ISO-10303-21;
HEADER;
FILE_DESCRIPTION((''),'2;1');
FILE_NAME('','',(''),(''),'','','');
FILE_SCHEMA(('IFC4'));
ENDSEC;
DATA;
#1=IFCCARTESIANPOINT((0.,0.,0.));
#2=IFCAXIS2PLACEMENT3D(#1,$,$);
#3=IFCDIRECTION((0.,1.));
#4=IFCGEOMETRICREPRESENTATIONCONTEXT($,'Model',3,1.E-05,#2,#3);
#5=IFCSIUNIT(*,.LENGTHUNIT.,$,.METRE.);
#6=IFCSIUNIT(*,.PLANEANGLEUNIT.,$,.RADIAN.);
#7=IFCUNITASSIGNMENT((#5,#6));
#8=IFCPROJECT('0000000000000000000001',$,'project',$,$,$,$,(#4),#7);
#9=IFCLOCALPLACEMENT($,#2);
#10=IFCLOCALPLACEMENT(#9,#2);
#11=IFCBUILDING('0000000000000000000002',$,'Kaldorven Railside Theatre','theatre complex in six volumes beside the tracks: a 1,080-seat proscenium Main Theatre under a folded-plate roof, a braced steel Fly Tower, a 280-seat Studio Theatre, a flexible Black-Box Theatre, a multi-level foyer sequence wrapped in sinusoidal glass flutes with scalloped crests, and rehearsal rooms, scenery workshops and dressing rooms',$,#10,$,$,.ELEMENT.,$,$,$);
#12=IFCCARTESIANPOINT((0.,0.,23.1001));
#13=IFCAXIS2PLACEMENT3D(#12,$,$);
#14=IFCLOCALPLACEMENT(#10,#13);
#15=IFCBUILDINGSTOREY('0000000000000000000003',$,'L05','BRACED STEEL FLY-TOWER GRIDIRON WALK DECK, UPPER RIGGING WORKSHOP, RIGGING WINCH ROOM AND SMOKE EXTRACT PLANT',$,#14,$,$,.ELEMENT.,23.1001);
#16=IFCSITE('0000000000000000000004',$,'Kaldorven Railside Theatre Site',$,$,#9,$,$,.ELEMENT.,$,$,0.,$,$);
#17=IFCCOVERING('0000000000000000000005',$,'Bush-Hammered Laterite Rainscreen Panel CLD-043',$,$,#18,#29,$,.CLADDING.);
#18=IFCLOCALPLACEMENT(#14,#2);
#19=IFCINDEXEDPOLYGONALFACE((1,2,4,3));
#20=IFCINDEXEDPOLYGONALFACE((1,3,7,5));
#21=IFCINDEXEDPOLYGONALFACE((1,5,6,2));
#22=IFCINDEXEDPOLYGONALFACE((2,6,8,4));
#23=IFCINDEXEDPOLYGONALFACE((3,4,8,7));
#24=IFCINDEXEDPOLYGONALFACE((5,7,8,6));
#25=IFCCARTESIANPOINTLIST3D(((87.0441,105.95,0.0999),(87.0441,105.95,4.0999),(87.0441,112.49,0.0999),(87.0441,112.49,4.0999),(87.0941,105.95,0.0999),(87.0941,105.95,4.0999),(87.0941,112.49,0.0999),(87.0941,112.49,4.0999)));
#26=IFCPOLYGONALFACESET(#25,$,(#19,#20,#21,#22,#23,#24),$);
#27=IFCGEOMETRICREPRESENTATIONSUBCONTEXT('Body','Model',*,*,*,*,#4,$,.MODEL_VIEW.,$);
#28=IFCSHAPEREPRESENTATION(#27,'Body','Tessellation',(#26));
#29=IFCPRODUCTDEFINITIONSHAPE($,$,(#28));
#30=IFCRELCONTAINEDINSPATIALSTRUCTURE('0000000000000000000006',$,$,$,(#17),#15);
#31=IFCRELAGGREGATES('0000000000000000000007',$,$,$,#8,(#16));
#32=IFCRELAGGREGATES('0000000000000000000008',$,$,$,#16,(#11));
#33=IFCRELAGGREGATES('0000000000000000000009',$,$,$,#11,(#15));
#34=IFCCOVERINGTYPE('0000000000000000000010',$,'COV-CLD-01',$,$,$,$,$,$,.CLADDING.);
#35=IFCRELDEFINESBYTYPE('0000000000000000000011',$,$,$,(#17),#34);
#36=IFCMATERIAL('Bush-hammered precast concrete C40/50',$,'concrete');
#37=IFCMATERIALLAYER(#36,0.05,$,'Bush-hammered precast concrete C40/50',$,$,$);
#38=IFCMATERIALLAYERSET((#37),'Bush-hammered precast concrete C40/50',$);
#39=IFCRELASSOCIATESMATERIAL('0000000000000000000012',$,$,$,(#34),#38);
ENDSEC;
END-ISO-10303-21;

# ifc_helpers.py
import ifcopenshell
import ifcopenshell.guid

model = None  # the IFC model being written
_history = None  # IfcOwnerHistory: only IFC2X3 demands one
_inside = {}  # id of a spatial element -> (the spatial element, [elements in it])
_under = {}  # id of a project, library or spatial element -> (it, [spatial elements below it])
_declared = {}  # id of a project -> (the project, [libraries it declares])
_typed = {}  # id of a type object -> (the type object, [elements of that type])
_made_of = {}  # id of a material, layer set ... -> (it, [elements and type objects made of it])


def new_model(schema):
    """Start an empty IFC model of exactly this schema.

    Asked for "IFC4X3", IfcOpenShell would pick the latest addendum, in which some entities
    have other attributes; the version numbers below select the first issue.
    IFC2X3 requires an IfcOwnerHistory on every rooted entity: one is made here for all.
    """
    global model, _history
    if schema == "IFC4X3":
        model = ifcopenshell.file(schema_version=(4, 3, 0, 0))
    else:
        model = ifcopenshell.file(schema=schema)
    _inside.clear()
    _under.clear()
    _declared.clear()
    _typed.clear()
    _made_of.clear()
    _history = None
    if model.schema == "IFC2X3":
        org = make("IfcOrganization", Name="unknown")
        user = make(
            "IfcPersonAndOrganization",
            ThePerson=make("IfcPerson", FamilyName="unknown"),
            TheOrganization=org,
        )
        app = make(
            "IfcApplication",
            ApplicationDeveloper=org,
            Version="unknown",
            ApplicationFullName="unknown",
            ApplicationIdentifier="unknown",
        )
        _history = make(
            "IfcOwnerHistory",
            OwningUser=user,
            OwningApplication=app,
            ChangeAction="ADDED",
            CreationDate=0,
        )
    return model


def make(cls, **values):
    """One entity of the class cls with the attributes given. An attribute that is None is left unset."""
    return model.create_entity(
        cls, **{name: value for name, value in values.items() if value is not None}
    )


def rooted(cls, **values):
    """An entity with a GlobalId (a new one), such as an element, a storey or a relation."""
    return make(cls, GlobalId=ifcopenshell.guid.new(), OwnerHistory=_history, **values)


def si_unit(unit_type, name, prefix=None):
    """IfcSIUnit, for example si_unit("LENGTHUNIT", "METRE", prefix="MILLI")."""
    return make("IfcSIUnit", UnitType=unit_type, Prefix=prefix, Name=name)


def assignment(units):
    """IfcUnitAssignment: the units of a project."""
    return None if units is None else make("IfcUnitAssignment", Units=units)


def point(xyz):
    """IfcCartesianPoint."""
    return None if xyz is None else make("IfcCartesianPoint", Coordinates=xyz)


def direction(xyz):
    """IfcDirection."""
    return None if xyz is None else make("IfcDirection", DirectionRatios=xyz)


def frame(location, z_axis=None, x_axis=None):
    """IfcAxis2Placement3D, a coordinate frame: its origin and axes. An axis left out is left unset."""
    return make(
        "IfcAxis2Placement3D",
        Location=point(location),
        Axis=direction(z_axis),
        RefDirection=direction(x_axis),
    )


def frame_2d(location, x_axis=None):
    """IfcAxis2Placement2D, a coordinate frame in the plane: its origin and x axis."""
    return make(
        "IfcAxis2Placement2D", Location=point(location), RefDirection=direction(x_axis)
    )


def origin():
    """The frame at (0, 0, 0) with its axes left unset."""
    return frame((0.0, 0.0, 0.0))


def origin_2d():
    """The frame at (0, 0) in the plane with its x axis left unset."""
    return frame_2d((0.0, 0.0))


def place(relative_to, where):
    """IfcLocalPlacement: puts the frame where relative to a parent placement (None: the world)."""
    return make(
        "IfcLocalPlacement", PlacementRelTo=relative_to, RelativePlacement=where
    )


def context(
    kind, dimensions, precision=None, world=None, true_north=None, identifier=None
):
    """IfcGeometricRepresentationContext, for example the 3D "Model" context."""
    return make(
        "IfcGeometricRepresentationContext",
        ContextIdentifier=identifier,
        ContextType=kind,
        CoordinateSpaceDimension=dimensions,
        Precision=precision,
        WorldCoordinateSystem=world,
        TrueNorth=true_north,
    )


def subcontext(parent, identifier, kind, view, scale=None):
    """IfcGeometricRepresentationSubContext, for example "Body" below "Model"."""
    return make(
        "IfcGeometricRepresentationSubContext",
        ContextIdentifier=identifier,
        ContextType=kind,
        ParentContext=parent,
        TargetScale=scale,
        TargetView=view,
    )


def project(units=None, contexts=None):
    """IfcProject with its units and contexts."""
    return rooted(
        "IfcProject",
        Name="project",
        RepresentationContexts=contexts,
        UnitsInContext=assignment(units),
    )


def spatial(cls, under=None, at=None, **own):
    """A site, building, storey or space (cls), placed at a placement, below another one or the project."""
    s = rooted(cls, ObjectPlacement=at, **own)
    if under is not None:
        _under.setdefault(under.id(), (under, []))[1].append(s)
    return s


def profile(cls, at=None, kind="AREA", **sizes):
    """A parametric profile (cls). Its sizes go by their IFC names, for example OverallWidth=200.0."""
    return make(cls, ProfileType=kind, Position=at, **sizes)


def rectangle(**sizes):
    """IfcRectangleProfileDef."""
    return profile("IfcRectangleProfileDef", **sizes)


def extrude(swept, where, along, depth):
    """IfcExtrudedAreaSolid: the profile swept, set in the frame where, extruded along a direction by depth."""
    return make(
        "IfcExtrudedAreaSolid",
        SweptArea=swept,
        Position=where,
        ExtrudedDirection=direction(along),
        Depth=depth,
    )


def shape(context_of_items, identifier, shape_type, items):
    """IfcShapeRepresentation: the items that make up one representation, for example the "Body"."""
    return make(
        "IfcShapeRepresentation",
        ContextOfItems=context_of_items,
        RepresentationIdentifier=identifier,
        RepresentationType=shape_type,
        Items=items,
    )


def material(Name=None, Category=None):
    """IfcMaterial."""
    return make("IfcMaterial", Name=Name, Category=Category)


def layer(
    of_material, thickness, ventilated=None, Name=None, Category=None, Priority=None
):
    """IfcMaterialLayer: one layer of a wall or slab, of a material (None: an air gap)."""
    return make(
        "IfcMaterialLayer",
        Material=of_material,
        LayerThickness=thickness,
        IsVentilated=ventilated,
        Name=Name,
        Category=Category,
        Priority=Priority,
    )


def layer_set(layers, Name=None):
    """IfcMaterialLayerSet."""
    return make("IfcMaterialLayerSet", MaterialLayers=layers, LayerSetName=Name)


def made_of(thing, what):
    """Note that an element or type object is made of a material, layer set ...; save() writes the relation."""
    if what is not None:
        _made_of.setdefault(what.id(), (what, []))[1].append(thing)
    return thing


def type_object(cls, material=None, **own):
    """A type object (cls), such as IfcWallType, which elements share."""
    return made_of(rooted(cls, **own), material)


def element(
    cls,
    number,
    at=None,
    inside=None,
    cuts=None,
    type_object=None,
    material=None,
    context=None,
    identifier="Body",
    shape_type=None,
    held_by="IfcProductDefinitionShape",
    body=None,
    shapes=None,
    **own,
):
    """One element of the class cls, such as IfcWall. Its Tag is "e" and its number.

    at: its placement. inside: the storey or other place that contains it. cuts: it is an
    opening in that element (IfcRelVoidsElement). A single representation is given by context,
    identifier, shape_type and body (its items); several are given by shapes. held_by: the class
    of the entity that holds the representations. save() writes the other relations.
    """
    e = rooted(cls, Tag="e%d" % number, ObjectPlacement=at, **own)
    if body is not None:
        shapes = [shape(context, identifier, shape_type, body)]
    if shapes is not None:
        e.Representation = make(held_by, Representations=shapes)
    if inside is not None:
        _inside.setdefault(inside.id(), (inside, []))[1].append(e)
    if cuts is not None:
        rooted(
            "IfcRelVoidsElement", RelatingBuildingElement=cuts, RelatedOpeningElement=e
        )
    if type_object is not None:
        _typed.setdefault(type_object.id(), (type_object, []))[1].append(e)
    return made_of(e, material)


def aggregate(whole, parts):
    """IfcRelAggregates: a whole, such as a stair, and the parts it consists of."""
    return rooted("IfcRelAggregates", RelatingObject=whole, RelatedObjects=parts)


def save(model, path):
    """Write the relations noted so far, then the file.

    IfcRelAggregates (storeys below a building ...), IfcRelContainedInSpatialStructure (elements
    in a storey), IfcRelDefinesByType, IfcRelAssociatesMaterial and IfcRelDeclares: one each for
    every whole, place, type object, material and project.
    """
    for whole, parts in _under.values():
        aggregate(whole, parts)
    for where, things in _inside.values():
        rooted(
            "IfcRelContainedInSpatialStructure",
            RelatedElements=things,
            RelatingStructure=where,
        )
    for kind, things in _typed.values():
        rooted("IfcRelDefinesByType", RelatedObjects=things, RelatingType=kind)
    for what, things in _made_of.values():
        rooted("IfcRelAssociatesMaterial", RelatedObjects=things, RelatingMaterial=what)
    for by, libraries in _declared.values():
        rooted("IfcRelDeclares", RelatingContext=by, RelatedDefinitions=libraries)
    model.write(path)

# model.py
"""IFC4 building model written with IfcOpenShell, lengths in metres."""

from ifc_helpers import new_model, si_unit, direction, frame, origin, origin_2d, place, context, subcontext, project, spatial, rectangle, extrude, material, layer, layer_set, type_object, element, save


model = new_model("IFC4")

# Units and contexts
model_context = context("Model", 3, precision=1e-05, world=origin(), true_north=direction((0.0, 1.0)))
body_context = subcontext(model_context, "Body", "Model", "MODEL_VIEW")
ifc_project = project(units=[si_unit("LENGTHUNIT", "METRE"), si_unit("PLANEANGLEUNIT", "RADIAN")], contexts=[model_context])

# Site, building, storey
site_placement = place(None, origin())
site = spatial("IfcSite", under=ifc_project, at=site_placement, Name="Kaldorven Railside Theatre Site", CompositionType="ELEMENT", RefElevation=0.0)
building_placement = place(site_placement, origin())
building = spatial("IfcBuilding", under=site, at=building_placement, Name="Kaldorven Railside Theatre", Description="theatre complex in six volumes beside the tracks: a 1,080-seat proscenium Main Theatre under a folded-plate roof, a braced steel Fly Tower, a 280-seat Studio Theatre, a flexible Black-Box Theatre, a multi-level foyer sequence wrapped in sinusoidal glass flutes with scalloped crests, and rehearsal rooms, scenery workshops and dressing rooms", CompositionType="ELEMENT")
storey_placement = place(building_placement, frame((0.0, 0.0, 23.1001)))
storey = spatial("IfcBuildingStorey", under=building, at=storey_placement, Name="L05", Description="BRACED STEEL FLY-TOWER GRIDIRON WALK DECK, UPPER RIGGING WORKSHOP, RIGGING WINCH ROOM AND SMOKE EXTRACT PLANT", CompositionType="ELEMENT", Elevation=23.1001)

# Covering
ifc_material_1 = material(Name="Bush-hammered precast concrete C40/50", Category="concrete")
ifc_layer_1 = layer(ifc_material_1, 0.05, Name="Bush-hammered precast concrete C40/50")
ifc_layer_set_1 = layer_set([ifc_layer_1], Name="Bush-hammered precast concrete C40/50")
covering_type = type_object("IfcCoveringType", Name="COV-CLD-01", PredefinedType="CLADDING", material=ifc_layer_set_1)
covering_placement = place(storey_placement, frame((87.0691, 109.22, 0.0999), z_axis=(0.0, 0.0, 1.0), x_axis=(0.0, 1.0, 0.0)))
element("IfcCovering", 1, at=covering_placement, inside=storey, type_object=covering_type, Name="Bush-Hammered Laterite Rainscreen Panel CLD-043", PredefinedType="CLADDING", context=body_context, shape_type="SweptSolid", body=[
    extrude(rectangle(XDim=6.54, YDim=0.05, at=origin_2d()), origin(), (0.0, 0.0, 1.0), 4.0),
])

save(model, "model.ifc")
